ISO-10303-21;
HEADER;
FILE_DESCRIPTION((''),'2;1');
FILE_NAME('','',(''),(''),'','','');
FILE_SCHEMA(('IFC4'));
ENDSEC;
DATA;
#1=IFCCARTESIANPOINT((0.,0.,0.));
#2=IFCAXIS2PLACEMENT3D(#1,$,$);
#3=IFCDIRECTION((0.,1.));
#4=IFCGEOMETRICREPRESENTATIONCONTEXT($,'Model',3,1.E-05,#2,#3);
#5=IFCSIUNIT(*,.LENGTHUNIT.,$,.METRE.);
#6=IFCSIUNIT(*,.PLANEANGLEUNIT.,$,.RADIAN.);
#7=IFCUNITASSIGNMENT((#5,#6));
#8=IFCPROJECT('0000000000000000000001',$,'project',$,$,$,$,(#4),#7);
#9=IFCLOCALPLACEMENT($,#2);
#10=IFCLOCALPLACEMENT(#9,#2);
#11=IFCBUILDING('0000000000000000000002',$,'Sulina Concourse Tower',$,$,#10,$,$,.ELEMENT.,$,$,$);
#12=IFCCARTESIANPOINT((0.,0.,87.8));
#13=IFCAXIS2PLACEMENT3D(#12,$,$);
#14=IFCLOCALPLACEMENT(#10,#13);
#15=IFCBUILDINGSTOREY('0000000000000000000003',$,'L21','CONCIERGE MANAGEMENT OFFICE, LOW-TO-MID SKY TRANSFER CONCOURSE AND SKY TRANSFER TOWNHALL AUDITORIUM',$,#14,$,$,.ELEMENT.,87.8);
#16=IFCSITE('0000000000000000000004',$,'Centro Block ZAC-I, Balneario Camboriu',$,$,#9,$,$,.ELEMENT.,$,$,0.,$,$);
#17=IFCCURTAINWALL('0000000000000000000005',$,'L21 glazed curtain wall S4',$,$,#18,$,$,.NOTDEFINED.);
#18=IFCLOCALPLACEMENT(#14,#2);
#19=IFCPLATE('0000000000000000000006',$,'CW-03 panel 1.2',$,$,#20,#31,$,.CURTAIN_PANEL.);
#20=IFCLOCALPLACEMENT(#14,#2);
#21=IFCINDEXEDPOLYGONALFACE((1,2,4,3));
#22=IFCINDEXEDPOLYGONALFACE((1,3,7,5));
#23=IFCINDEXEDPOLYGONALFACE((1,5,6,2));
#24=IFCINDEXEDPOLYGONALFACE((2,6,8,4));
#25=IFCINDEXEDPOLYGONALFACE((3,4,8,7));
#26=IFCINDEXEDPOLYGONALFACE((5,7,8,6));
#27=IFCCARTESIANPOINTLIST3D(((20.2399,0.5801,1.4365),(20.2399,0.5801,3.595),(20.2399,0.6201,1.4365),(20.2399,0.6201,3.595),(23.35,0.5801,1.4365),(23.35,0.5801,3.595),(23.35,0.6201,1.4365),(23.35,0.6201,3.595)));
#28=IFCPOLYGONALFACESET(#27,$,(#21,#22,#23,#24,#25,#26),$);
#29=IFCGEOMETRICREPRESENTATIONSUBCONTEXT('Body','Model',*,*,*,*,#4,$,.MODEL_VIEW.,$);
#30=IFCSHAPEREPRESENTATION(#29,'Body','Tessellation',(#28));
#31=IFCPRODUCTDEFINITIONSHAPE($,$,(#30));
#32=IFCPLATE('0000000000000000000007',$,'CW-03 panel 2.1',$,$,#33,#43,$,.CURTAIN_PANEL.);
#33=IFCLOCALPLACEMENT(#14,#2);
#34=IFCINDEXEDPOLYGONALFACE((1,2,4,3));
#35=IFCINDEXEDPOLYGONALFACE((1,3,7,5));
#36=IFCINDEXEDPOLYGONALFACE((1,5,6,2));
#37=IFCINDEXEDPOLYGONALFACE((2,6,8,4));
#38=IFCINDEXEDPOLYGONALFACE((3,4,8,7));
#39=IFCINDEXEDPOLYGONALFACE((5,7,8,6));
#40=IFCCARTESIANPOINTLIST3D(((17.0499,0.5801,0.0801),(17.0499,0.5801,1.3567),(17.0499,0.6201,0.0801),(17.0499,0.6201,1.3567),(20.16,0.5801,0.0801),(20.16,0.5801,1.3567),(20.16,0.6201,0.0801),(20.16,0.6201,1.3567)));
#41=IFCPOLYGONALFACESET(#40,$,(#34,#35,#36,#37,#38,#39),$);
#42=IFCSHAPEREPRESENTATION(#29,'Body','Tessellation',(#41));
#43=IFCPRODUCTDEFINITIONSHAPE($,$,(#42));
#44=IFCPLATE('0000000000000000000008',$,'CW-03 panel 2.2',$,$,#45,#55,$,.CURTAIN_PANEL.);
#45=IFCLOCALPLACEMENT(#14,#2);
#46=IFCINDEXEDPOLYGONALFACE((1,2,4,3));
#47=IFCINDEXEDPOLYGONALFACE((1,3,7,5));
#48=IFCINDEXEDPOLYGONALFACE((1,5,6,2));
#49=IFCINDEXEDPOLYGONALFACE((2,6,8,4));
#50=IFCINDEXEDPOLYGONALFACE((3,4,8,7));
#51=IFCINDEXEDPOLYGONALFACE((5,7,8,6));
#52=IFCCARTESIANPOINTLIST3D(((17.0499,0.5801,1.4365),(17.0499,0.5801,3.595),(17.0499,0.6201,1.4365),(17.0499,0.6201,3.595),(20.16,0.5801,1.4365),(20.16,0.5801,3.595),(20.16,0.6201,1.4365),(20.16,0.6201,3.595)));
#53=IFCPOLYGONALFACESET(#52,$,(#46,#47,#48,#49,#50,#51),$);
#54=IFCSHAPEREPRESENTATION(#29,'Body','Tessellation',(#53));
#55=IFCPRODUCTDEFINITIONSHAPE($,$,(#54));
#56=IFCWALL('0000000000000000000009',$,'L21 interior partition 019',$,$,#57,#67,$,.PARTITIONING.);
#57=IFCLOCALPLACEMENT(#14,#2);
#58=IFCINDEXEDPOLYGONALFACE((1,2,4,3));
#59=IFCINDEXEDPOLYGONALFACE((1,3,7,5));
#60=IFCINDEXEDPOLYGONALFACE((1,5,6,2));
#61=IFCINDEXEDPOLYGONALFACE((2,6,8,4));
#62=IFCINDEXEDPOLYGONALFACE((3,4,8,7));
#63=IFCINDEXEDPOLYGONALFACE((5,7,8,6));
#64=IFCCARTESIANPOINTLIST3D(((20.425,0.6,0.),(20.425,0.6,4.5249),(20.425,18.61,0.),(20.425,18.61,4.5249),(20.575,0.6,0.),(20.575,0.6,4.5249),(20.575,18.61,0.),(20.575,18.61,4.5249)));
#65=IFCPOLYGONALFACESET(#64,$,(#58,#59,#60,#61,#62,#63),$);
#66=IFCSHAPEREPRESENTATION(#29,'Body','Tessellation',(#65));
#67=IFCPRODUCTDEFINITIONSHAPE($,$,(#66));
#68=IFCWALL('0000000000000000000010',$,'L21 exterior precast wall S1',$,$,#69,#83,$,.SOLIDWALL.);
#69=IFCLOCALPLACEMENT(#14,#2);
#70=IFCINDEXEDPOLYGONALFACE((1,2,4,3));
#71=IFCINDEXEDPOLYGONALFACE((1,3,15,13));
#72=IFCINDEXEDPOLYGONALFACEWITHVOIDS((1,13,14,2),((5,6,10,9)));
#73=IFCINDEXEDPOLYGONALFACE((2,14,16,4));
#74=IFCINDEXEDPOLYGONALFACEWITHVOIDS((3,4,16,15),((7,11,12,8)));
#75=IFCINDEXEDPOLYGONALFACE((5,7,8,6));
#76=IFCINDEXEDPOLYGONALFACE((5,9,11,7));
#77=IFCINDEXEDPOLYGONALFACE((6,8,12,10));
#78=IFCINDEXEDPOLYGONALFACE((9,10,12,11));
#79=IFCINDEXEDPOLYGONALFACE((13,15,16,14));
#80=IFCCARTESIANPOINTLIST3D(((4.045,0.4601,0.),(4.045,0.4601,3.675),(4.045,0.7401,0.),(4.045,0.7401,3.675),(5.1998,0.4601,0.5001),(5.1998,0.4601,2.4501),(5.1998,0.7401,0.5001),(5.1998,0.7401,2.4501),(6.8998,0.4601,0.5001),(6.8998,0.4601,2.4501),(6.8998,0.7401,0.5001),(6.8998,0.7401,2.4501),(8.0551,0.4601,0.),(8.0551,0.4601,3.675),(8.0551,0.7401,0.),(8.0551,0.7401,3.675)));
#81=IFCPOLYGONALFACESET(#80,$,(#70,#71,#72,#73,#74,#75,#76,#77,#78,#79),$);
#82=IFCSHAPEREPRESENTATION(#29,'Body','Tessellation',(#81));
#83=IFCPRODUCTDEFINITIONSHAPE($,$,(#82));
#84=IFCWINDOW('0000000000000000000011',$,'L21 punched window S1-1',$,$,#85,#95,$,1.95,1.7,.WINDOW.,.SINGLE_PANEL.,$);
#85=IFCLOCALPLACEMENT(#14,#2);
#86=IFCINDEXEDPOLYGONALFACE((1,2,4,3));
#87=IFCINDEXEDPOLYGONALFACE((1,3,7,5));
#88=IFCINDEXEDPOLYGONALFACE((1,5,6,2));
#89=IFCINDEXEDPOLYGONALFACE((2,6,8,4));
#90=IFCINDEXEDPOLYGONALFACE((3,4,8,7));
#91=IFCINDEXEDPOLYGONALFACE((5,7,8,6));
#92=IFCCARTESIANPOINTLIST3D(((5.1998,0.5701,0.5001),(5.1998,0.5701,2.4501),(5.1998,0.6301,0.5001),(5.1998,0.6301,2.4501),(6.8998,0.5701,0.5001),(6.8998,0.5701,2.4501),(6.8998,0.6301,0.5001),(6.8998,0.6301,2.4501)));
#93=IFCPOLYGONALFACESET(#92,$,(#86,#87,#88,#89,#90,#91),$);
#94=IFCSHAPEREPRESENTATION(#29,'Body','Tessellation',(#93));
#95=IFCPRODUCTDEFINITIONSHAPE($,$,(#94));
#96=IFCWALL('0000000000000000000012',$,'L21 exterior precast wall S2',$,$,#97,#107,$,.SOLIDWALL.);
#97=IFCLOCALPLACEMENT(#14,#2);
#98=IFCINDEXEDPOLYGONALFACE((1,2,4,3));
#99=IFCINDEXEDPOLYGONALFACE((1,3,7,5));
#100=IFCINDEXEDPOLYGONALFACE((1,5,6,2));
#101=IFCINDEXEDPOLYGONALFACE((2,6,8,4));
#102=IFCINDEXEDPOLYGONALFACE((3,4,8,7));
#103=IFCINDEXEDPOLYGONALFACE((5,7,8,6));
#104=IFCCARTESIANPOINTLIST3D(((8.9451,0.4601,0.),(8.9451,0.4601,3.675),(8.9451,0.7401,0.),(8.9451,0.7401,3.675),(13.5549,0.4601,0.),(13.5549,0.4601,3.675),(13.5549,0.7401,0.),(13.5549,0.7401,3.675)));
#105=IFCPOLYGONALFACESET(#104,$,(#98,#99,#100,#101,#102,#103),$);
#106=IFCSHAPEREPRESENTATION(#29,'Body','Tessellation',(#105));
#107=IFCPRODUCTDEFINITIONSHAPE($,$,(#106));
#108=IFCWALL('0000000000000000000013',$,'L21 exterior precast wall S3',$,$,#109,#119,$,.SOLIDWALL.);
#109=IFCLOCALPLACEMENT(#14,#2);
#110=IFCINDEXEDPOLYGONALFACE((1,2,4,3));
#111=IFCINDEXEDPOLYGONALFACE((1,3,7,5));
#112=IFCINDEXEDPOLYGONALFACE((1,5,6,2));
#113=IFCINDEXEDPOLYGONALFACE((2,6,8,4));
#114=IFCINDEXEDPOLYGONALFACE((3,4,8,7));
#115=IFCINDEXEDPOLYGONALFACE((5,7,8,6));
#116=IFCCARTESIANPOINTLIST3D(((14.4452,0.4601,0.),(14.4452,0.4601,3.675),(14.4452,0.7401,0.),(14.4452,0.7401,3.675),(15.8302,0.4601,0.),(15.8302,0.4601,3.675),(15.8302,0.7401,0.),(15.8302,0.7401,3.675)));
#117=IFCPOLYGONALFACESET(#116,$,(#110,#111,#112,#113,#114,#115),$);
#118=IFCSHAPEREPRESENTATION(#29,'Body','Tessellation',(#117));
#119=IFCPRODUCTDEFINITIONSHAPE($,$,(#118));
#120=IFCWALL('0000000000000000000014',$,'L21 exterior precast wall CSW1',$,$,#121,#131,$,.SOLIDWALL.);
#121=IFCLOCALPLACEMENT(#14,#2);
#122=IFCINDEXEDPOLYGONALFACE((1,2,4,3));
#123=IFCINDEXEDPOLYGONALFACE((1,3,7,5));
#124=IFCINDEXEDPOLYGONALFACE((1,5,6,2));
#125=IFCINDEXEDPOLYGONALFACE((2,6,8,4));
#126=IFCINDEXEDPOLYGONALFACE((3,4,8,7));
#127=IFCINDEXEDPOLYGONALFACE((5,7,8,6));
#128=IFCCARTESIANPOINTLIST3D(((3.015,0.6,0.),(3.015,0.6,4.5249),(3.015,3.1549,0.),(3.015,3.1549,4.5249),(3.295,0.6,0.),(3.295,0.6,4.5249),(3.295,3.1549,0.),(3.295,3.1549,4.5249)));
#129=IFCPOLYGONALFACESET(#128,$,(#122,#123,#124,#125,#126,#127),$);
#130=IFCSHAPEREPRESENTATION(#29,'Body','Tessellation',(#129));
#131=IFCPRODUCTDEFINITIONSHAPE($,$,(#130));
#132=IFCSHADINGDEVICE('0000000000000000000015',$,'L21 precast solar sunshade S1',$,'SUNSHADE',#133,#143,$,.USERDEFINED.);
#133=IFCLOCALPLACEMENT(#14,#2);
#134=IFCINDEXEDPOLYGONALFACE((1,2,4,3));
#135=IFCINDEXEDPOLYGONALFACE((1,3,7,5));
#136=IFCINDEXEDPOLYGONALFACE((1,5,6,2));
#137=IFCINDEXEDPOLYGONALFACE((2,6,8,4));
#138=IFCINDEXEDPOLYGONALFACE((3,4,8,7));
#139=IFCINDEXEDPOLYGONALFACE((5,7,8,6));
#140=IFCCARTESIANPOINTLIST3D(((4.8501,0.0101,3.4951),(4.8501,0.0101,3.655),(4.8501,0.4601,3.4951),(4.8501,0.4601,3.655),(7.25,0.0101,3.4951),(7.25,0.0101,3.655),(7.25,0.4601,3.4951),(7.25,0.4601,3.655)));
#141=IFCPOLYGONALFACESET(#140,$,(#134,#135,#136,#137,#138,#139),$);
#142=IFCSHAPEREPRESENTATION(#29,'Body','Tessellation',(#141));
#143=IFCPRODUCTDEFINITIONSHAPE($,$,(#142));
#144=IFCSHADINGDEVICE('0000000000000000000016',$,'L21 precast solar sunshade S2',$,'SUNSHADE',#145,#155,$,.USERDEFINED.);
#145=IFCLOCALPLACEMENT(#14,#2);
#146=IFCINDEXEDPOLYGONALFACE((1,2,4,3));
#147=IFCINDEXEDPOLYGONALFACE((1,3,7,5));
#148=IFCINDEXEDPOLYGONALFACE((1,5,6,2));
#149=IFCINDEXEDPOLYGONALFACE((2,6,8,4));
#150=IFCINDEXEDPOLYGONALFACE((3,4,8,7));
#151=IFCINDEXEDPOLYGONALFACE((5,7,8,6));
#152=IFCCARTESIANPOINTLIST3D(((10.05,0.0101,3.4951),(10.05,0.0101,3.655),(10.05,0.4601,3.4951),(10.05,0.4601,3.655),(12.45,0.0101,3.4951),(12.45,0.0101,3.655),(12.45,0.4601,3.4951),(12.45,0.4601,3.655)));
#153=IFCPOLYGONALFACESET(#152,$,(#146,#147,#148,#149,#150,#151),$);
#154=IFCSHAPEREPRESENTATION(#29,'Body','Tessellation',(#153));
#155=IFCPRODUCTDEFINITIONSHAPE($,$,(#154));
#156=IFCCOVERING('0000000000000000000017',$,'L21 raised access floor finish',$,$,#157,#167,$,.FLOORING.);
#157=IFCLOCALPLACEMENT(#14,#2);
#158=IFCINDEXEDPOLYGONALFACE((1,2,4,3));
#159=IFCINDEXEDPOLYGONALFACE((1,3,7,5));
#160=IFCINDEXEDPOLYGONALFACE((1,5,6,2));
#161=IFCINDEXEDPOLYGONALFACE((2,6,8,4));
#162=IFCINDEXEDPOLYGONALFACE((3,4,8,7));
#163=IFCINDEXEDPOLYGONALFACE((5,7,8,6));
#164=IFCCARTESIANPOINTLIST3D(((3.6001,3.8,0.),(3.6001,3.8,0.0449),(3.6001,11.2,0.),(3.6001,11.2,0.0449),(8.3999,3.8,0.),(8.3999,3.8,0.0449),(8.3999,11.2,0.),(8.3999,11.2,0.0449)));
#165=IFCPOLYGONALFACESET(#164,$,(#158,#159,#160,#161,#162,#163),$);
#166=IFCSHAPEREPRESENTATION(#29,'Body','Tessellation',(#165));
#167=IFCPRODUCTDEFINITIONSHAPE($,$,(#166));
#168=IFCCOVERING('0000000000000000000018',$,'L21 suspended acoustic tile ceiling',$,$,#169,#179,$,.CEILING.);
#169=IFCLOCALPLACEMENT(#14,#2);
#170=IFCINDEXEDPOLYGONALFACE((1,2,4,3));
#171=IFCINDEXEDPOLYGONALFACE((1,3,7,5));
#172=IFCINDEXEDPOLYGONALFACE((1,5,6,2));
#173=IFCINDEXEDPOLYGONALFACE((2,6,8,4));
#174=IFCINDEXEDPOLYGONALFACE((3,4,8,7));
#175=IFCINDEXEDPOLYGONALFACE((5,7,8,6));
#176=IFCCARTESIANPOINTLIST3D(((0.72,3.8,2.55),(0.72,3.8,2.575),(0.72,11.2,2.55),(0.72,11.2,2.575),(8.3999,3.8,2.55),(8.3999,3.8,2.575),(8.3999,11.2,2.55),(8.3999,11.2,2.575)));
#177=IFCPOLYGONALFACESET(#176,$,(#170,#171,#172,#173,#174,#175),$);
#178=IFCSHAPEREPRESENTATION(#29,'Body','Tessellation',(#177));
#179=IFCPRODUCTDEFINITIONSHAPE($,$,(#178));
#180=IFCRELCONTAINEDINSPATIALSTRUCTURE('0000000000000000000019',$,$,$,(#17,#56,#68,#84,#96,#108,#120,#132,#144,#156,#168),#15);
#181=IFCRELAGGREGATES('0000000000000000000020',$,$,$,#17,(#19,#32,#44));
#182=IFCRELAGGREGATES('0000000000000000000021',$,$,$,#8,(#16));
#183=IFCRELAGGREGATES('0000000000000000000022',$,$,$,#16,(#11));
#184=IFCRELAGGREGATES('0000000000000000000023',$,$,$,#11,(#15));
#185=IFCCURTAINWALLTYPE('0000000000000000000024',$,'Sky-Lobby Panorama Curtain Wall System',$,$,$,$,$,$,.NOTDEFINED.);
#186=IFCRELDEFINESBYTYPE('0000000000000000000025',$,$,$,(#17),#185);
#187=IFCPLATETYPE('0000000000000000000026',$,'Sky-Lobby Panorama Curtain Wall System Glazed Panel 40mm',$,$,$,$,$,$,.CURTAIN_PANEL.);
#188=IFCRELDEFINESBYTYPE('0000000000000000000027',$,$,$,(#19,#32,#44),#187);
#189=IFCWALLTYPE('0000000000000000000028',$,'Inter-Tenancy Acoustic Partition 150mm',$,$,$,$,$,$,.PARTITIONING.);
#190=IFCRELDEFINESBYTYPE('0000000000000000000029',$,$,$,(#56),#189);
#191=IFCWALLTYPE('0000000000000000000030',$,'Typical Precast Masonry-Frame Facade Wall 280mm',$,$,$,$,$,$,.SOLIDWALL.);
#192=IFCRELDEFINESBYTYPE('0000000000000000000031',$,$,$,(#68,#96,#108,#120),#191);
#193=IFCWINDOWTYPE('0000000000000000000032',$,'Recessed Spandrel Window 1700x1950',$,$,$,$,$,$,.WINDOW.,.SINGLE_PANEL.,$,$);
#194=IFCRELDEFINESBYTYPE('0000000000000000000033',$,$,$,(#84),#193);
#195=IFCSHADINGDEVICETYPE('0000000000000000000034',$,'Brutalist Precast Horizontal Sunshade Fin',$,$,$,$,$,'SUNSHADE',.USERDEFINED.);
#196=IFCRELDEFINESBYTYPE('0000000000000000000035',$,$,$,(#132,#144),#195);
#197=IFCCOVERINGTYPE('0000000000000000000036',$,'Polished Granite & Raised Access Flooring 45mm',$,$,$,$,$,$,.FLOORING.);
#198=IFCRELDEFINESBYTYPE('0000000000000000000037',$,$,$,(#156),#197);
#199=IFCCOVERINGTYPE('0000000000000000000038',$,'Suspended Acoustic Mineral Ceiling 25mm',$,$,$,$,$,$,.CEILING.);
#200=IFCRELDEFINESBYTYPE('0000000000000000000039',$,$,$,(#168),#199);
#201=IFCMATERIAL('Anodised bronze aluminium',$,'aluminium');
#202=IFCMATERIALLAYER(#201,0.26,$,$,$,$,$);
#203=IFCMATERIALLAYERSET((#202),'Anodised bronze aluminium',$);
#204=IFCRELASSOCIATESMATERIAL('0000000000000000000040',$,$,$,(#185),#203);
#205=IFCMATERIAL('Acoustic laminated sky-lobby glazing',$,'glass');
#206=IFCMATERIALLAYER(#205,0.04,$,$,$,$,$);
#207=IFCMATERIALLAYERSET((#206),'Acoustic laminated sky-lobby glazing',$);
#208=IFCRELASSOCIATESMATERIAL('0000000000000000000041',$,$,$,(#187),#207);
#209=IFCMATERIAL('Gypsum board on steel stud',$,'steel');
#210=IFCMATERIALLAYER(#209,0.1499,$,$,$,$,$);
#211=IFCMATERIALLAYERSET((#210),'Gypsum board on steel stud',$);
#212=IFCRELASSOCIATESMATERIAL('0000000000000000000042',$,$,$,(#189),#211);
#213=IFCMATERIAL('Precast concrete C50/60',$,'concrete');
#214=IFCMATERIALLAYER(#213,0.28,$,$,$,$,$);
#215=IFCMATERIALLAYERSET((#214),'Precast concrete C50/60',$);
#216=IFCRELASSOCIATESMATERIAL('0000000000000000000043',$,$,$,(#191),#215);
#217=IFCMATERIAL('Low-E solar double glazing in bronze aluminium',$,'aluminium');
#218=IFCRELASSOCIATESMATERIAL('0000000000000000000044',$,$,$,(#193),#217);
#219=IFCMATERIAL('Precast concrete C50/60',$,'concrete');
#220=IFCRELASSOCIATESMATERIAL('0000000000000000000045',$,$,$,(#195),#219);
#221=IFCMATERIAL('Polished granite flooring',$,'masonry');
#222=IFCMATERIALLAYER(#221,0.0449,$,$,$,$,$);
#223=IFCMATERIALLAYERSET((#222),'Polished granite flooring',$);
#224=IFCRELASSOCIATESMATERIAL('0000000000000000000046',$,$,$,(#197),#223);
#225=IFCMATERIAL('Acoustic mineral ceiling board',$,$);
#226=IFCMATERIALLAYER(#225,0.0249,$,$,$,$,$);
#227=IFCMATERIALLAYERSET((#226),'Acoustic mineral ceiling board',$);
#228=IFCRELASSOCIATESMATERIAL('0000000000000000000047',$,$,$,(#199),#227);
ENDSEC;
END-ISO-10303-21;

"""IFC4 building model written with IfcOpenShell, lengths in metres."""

from ifc_helpers import new_model, si_unit, direction, frame, frame_2d, origin, origin_2d, place, context, subcontext, project, spatial, polyline, rectangle, outline, extrude, material, layer, layer_set, type_object, element, fill, aggregate, save


model = new_model("IFC4")

# Units and contexts
model_context = context("Model", 3, precision=1e-05, world=origin(), true_north=direction((0.0, 1.0)))
body_context = subcontext(model_context, "Body", "Model", "MODEL_VIEW")
ifc_project = project(units=[si_unit("LENGTHUNIT", "METRE"), si_unit("PLANEANGLEUNIT", "RADIAN")], contexts=[model_context])

# Site, building, storey
site_placement = place(None, origin())
site = spatial("IfcSite", under=ifc_project, at=site_placement, Name="Centro Block ZAC-I, Balneario Camboriu", CompositionType="ELEMENT", RefElevation=0.0)
building_placement = place(site_placement, origin())
building = spatial("IfcBuilding", under=site, at=building_placement, Name="Sulina Concourse Tower", CompositionType="ELEMENT")
storey_placement = place(building_placement, frame((0.0, 0.0, 87.8)))
storey = spatial("IfcBuildingStorey", under=building, at=storey_placement, Name="L21", Description="CONCIERGE MANAGEMENT OFFICE, LOW-TO-MID SKY TRANSFER CONCOURSE AND SKY TRANSFER TOWNHALL AUDITORIUM", CompositionType="ELEMENT", Elevation=87.8)

# Curtain wall
ifc_material_1 = material(Name="Anodised bronze aluminium", Category="aluminium")
ifc_layer_1 = layer(ifc_material_1, 0.26)
ifc_layer_set_1 = layer_set([ifc_layer_1], Name="Anodised bronze aluminium")
curtain_wall_type = type_object("IfcCurtainWallType", Name="Sky-Lobby Panorama Curtain Wall System", PredefinedType="NOTDEFINED", material=ifc_layer_set_1)
curtain_wall_placement = place(storey_placement, origin())
curtain_wall = element("IfcCurtainWall", 1, at=curtain_wall_placement, inside=storey, type_object=curtain_wall_type, Name="L21 glazed curtain wall S4", PredefinedType="NOTDEFINED")

# Plates
ifc_material_2 = material(Name="Acoustic laminated sky-lobby glazing", Category="glass")
ifc_layer_2 = layer(ifc_material_2, 0.04)
ifc_layer_set_2 = layer_set([ifc_layer_2], Name="Acoustic laminated sky-lobby glazing")
plate_type = type_object("IfcPlateType", Name="Sky-Lobby Panorama Curtain Wall System Glazed Panel 40mm", PredefinedType="CURTAIN_PANEL", material=ifc_layer_set_2)
plate_1_placement = place(storey_placement, frame((21.7949, 0.6001, 1.4365), z_axis=(0.0, 0.0, 1.0), x_axis=(-1.0, 0.0, 0.0)))
plate_1 = element("IfcPlate", 2, at=plate_1_placement, type_object=plate_type, Name="CW-03 panel 1.2", PredefinedType="CURTAIN_PANEL", context=body_context, shape_type="SweptSolid", body=[
    extrude(rectangle(XDim=3.1101, YDim=0.04, at=origin_2d()), origin(), (0.0, 0.0, 1.0), 2.1584),
])
plate_2_placement = place(storey_placement, frame((18.605, 0.6001, 0.0801), z_axis=(0.0, 0.0, 1.0), x_axis=(-1.0, 0.0, 0.0)))
plate_2 = element("IfcPlate", 3, at=plate_2_placement, type_object=plate_type, Name="CW-03 panel 2.1", PredefinedType="CURTAIN_PANEL", context=body_context, shape_type="SweptSolid", body=[
    extrude(rectangle(XDim=3.1101, YDim=0.04, at=origin_2d()), origin(), (0.0, 0.0, 1.0), 1.2766),
])
plate_3_placement = place(storey_placement, frame((18.605, 0.6001, 1.4365), z_axis=(0.0, 0.0, 1.0), x_axis=(-1.0, 0.0, 0.0)))
plate_3 = element("IfcPlate", 4, at=plate_3_placement, type_object=plate_type, Name="CW-03 panel 2.2", PredefinedType="CURTAIN_PANEL", context=body_context, shape_type="SweptSolid", body=[
    extrude(rectangle(XDim=3.1101, YDim=0.04, at=origin_2d()), origin(), (0.0, 0.0, 1.0), 2.1584),
])
aggregate(curtain_wall, [plate_1, plate_2, plate_3])

# Wall
ifc_material_3 = material(Name="Gypsum board on steel stud", Category="steel")
ifc_layer_3 = layer(ifc_material_3, 0.1499)
ifc_layer_set_3 = layer_set([ifc_layer_3], Name="Gypsum board on steel stud")
wall_type_1 = type_object("IfcWallType", Name="Inter-Tenancy Acoustic Partition 150mm", PredefinedType="PARTITIONING", material=ifc_layer_set_3)
wall_1_placement = place(storey_placement, frame((20.5, 0.6001, 0.0), z_axis=(0.0, 0.0, 1.0), x_axis=(0.0, 1.0, 0.0)))
element("IfcWall", 5, at=wall_1_placement, inside=storey, type_object=wall_type_1, Name="L21 interior partition 019", PredefinedType="PARTITIONING", context=body_context, shape_type="SweptSolid", body=[
    extrude(rectangle(XDim=18.01, YDim=0.1499, at=frame_2d((9.0049, 0.0))), origin(), (0.0, 0.0, 1.0), 4.5249),
])

# Wall, opening, window
ifc_material_4 = material(Name="Precast concrete C50/60", Category="concrete")
ifc_layer_4 = layer(ifc_material_4, 0.28)
ifc_layer_set_4 = layer_set([ifc_layer_4], Name="Precast concrete C50/60")
wall_type_2 = type_object("IfcWallType", Name="Typical Precast Masonry-Frame Facade Wall 280mm", PredefinedType="SOLIDWALL", material=ifc_layer_set_4)
wall_2_placement = place(storey_placement, frame((8.0549, 0.6001, 0.0), z_axis=(0.0, 0.0, 1.0), x_axis=(-1.0, 0.0, 0.0)))
wall_2 = element("IfcWall", 6, at=wall_2_placement, inside=storey, type_object=wall_type_2, Name="L21 exterior precast wall S1", PredefinedType="SOLIDWALL", context=body_context, shape_type="SweptSolid", body=[
    extrude(rectangle(XDim=4.01, YDim=0.28, at=frame_2d((2.0049, 0.0))), origin(), (0.0, 0.0, 1.0), 3.675),
])
opening_placement = place(wall_2_placement, frame((1.155, 0.0, 0.5)))
opening = element("IfcOpeningElement", 7, at=opening_placement, cuts=wall_2, PredefinedType="OPENING", context=body_context, shape_type="SweptSolid", body=[
    extrude(rectangle(XDim=1.7, YDim=1.95, at=frame_2d((0.8501, 0.9751))), frame((0.0, 0.1499, 0.0), z_axis=(0.0, -1.0, 0.0), x_axis=(1.0, 0.0, 0.0)), (0.0, 0.0, 1.0), 0.3),
])
ifc_material_5 = material(Name="Low-E solar double glazing in bronze aluminium", Category="aluminium")
window_type = type_object("IfcWindowType", Name="Recessed Spandrel Window 1700x1950", PartitioningType="SINGLE_PANEL", PredefinedType="WINDOW", material=ifc_material_5)
window_placement = place(opening_placement, origin())
window = element("IfcWindow", 8, at=window_placement, inside=storey, type_object=window_type, Name="L21 punched window S1-1", OverallHeight=1.95, OverallWidth=1.7, PartitioningType="SINGLE_PANEL", PredefinedType="WINDOW", context=body_context, shape_type="SweptSolid", body=[
    extrude(rectangle(XDim=1.7, YDim=1.95, at=frame_2d((0.8501, 0.9751))), frame((0.0, 0.03, 0.0), z_axis=(0.0, -1.0, 0.0), x_axis=(1.0, 0.0, 0.0)), (0.0, 0.0, 1.0), 0.0601),
])
fill(opening, window)

# Walls
wall_3_placement = place(storey_placement, frame((13.5549, 0.6001, 0.0), z_axis=(0.0, 0.0, 1.0), x_axis=(-1.0, 0.0, 0.0)))
element("IfcWall", 9, at=wall_3_placement, inside=storey, type_object=wall_type_2, Name="L21 exterior precast wall S2", PredefinedType="SOLIDWALL", context=body_context, shape_type="SweptSolid", body=[
    extrude(rectangle(XDim=4.6099, YDim=0.28, at=frame_2d((2.3049, 0.0))), origin(), (0.0, 0.0, 1.0), 3.675),
])
wall_4_placement = place(storey_placement, frame((15.8301, 0.6001, 0.0), z_axis=(0.0, 0.0, 1.0), x_axis=(-1.0, 0.0, 0.0)))
element("IfcWall", 10, at=wall_4_placement, inside=storey, type_object=wall_type_2, Name="L21 exterior precast wall S3", PredefinedType="SOLIDWALL", context=body_context, shape_type="SweptSolid", body=[
    extrude(rectangle(XDim=1.385, YDim=0.28, at=frame_2d((0.6924, 0.0))), origin(), (0.0, 0.0, 1.0), 3.675),
])
wall_5_placement = place(storey_placement, frame((3.155, 0.6001, 0.0), z_axis=(0.0, 0.0, 1.0), x_axis=(0.0, 1.0, 0.0)))
element("IfcWall", 11, at=wall_5_placement, inside=storey, type_object=wall_type_2, Name="L21 exterior precast wall CSW1", PredefinedType="SOLIDWALL", context=body_context, shape_type="SweptSolid", body=[
    extrude(rectangle(XDim=2.5549, YDim=0.28, at=frame_2d((1.2773, 0.0))), origin(), (0.0, 0.0, 1.0), 4.5249),
])

# Shading devices
ifc_material_6 = material(Name="Precast concrete C50/60", Category="concrete")
shading_device_type = type_object("IfcShadingDeviceType", Name="Brutalist Precast Horizontal Sunshade Fin", ElementType="SUNSHADE", PredefinedType="USERDEFINED", material=ifc_material_6)
for number, where, z_axis, x_axis, name in (
    (12, (6.05, 0.2351, 3.4951), (0.0, 0.0, 1.0), (1.0, 0.0, 0.0), "L21 precast solar sunshade S1"),
    (13, (11.25, 0.2351, 3.4951), (0.0, 0.0, 1.0), (1.0, 0.0, 0.0), "L21 precast solar sunshade S2"),
):
    element("IfcShadingDevice", number, at=place(storey_placement, frame(where, z_axis=z_axis, x_axis=x_axis)), inside=storey, type_object=shading_device_type, Name=name, ObjectType="SUNSHADE", PredefinedType="USERDEFINED", context=body_context, shape_type="SweptSolid", body=[
        extrude(rectangle(XDim=2.3999, YDim=0.45, at=origin_2d()), origin(), (0.0, 0.0, 1.0), 0.1599),
    ])

# Coverings
ifc_material_7 = material(Name="Polished granite flooring", Category="masonry")
ifc_layer_5 = layer(ifc_material_7, 0.0449)
ifc_layer_set_5 = layer_set([ifc_layer_5], Name="Polished granite flooring")
covering_type_1 = type_object("IfcCoveringType", Name="Polished Granite & Raised Access Flooring 45mm", PredefinedType="FLOORING", material=ifc_layer_set_5)
covering_1_placement = place(storey_placement, origin())
element("IfcCovering", 14, at=covering_1_placement, inside=storey, type_object=covering_type_1, Name="L21 raised access floor finish", PredefinedType="FLOORING", context=body_context, shape_type="SweptSolid", body=[
    extrude(outline(polyline([(3.6001, 3.8), (8.3999, 3.8), (8.3999, 11.2), (3.6001, 11.2), (3.6001, 3.8)])), origin(), (0.0, 0.0, 1.0), 0.0449),
])
ifc_material_8 = material(Name="Acoustic mineral ceiling board")
ifc_layer_6 = layer(ifc_material_8, 0.0249)
ifc_layer_set_6 = layer_set([ifc_layer_6], Name="Acoustic mineral ceiling board")
covering_type_2 = type_object("IfcCoveringType", Name="Suspended Acoustic Mineral Ceiling 25mm", PredefinedType="CEILING", material=ifc_layer_set_6)
covering_2_placement = place(storey_placement, frame((0.0, 0.0, 2.55)))
element("IfcCovering", 15, at=covering_2_placement, inside=storey, type_object=covering_type_2, Name="L21 suspended acoustic tile ceiling", PredefinedType="CEILING", context=body_context, shape_type="SweptSolid", body=[
    extrude(outline(polyline([(0.72, 3.8), (8.3999, 3.8), (8.3999, 11.2), (0.72, 11.2), (0.72, 3.8)])), origin(), (0.0, 0.0, 1.0), 0.0249),
])

save(model, "model.ifc")
